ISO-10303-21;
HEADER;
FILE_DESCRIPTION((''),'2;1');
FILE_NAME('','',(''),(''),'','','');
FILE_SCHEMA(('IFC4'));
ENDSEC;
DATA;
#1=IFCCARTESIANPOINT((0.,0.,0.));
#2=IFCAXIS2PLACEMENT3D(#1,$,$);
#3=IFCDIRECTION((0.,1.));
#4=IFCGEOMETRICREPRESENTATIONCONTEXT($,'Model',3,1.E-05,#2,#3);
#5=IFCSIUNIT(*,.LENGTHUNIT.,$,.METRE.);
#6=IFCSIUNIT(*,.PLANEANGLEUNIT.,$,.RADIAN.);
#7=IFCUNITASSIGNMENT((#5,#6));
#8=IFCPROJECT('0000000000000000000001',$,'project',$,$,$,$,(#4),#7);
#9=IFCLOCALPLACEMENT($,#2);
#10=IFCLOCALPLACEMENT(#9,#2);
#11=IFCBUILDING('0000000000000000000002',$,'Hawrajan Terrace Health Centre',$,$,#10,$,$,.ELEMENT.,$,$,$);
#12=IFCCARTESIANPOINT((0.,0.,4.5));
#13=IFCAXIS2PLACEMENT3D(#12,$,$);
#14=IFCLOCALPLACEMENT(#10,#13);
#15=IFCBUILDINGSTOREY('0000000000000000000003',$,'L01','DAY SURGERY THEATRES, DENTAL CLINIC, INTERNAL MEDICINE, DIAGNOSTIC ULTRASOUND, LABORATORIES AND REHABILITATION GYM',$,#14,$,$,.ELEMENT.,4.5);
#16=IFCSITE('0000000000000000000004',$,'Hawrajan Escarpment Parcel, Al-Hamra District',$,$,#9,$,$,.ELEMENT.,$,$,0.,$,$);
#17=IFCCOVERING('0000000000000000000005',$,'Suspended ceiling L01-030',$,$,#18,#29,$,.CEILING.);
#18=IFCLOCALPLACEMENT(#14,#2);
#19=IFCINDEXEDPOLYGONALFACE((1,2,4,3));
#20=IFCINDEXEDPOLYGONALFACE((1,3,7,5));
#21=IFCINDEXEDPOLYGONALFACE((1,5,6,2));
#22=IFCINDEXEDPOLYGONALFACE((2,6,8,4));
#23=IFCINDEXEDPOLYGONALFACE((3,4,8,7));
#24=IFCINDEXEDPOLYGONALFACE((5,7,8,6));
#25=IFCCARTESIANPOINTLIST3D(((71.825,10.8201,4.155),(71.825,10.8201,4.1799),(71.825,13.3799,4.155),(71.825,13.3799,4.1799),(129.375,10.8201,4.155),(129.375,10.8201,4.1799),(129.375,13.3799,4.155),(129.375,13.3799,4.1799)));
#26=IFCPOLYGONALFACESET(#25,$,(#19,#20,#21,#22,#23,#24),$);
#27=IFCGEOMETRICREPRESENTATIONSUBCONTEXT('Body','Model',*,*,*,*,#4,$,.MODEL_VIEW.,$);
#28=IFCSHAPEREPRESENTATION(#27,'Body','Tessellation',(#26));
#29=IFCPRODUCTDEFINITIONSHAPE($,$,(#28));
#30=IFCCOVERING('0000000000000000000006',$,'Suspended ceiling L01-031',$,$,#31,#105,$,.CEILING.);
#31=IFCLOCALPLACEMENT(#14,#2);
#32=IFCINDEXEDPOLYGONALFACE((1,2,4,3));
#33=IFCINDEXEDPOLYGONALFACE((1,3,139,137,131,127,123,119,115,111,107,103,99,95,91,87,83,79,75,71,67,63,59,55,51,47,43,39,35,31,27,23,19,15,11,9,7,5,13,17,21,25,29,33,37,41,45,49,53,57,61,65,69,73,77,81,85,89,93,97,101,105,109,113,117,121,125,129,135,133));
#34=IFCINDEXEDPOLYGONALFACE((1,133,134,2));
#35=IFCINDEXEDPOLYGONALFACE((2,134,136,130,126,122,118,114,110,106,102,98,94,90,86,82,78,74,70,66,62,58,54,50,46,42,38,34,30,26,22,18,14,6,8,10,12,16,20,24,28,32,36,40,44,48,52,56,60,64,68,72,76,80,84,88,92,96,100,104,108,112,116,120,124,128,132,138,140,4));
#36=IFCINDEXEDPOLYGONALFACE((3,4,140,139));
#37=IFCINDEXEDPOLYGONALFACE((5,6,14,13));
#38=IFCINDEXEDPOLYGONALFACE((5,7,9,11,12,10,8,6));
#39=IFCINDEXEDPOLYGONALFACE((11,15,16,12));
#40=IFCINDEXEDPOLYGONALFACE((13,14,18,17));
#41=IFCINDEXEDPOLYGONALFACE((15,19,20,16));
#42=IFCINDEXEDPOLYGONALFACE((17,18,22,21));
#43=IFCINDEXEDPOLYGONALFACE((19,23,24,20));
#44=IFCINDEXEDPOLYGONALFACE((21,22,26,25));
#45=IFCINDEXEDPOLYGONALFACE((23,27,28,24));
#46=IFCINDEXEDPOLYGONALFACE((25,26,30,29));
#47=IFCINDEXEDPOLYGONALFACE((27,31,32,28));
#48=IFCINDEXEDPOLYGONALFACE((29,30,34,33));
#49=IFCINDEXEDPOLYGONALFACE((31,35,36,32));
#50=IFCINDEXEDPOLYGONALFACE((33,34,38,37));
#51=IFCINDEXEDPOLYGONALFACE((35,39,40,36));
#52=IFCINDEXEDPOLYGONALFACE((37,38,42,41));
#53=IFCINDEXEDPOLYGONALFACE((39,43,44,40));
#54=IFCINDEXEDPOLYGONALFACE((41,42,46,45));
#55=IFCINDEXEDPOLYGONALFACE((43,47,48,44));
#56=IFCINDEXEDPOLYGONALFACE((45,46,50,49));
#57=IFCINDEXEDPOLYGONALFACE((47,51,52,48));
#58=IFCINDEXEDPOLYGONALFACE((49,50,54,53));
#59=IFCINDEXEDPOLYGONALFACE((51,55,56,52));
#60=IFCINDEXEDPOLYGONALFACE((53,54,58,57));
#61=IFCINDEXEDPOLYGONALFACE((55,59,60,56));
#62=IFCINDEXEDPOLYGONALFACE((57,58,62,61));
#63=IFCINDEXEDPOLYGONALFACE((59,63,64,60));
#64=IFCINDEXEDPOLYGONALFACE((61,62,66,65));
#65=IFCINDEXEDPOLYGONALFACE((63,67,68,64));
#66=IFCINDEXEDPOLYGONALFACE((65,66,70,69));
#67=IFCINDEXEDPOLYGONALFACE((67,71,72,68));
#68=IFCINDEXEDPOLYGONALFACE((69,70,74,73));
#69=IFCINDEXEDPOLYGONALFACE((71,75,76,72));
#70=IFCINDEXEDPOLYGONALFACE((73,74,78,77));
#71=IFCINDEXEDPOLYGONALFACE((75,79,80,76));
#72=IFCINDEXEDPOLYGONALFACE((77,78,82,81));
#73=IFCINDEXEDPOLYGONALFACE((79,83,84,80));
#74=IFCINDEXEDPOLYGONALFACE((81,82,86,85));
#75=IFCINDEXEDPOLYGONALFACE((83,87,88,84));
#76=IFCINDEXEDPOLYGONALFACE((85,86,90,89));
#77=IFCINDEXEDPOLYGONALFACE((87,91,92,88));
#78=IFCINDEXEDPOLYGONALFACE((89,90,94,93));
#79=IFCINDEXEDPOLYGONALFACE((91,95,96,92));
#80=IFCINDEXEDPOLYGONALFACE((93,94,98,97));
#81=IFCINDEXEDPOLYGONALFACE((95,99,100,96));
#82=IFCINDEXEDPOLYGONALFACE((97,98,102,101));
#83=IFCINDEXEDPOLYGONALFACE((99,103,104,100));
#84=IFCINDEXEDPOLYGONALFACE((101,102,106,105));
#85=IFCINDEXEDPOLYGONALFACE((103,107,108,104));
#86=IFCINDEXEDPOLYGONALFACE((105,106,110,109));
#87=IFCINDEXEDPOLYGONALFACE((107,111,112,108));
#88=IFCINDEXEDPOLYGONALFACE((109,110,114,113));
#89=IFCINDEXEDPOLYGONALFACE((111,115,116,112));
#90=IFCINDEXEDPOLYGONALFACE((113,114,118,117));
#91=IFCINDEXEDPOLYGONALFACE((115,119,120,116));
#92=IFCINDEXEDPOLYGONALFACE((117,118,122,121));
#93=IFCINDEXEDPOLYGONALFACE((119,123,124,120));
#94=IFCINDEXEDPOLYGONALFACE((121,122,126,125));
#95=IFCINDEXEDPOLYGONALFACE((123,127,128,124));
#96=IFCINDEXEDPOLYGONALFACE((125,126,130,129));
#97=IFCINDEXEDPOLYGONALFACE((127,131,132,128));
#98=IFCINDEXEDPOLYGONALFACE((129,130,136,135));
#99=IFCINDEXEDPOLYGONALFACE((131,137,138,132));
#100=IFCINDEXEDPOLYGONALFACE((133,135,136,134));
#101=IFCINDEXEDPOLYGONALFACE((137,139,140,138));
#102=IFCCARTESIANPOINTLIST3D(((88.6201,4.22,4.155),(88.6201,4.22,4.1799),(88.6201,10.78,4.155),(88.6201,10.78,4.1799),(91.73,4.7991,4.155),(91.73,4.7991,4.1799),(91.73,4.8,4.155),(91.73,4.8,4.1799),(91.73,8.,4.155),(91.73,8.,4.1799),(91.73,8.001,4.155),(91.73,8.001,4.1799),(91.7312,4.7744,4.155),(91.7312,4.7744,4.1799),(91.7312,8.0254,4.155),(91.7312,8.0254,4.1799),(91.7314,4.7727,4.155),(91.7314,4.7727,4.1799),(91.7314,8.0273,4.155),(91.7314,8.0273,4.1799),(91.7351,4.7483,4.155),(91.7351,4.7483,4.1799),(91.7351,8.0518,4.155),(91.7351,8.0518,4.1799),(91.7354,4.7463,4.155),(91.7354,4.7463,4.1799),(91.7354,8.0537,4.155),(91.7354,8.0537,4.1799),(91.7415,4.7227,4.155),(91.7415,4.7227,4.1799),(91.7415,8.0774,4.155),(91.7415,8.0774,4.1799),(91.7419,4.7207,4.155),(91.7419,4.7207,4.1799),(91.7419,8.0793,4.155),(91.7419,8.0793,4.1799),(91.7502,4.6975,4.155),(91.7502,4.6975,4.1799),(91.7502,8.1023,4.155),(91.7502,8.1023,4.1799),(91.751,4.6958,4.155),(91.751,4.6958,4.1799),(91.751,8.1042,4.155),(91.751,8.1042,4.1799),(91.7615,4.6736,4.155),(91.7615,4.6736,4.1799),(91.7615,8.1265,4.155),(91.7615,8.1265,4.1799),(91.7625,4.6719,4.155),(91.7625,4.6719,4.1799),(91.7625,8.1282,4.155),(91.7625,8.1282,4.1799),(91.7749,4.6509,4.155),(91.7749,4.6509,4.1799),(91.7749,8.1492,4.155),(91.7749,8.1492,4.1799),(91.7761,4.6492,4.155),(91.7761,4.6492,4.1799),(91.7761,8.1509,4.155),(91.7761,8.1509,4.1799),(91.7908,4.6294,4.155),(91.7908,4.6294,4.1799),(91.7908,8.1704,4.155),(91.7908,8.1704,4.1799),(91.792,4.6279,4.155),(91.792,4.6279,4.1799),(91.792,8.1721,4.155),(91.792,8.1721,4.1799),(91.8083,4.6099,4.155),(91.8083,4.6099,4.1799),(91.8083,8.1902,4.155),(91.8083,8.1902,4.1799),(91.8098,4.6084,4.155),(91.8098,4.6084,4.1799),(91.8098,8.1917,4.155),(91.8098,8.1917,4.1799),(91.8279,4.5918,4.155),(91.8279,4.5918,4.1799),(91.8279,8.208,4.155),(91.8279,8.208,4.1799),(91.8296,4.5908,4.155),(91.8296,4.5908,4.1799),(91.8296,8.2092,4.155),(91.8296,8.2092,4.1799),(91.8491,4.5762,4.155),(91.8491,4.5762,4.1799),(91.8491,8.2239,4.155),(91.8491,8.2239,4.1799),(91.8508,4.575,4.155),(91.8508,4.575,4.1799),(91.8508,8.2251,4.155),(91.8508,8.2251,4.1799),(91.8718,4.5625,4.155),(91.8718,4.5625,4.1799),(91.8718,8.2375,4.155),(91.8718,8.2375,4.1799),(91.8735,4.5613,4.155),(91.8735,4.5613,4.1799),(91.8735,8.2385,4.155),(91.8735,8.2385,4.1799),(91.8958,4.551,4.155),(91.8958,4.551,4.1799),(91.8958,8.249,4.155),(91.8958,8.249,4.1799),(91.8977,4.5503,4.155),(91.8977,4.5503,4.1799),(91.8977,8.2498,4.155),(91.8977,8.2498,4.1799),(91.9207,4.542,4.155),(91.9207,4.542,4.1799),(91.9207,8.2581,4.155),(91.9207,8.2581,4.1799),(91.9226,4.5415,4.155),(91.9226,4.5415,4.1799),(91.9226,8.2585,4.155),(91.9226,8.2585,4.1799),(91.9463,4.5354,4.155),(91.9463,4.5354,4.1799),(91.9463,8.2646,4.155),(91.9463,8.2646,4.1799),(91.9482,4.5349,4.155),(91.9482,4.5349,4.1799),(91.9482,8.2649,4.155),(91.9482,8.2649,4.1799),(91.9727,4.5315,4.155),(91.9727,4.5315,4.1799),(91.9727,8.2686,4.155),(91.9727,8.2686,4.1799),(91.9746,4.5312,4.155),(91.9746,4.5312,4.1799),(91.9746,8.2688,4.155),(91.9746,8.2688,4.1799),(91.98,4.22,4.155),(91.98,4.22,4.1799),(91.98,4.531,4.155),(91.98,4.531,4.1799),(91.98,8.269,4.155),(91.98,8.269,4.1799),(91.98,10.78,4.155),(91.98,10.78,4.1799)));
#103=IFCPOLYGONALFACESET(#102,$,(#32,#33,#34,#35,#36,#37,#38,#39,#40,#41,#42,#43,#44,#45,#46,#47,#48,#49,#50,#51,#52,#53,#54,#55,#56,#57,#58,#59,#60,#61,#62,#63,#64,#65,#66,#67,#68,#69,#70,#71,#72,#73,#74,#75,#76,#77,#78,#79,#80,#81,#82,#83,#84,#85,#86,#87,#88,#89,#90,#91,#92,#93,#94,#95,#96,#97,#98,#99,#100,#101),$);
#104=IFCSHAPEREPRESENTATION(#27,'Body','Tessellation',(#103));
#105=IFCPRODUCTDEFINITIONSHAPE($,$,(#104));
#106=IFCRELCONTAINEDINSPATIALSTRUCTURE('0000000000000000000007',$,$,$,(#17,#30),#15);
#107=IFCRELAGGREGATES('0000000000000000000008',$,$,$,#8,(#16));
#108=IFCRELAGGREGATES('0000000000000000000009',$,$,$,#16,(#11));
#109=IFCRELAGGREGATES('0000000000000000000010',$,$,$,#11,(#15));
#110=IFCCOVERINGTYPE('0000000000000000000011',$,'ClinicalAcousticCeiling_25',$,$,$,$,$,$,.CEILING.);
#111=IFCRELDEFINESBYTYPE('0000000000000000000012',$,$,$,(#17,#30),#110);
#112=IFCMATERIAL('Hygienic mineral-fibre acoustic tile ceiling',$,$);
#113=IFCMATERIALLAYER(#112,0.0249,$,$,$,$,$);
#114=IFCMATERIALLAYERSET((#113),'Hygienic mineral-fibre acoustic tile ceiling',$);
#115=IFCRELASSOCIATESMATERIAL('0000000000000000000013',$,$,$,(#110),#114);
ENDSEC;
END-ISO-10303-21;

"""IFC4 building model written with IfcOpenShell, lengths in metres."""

from ifc_helpers import new_model, si_unit, direction, frame, origin, place, context, subcontext, project, spatial, polyline, outline, extrude, material, layer, layer_set, type_object, element, save


model = new_model("IFC4")

# Units and contexts
model_context = context("Model", 3, precision=1e-05, world=origin(), true_north=direction((0.0, 1.0)))
body_context = subcontext(model_context, "Body", "Model", "MODEL_VIEW")
ifc_project = project(units=[si_unit("LENGTHUNIT", "METRE"), si_unit("PLANEANGLEUNIT", "RADIAN")], contexts=[model_context])

# Site, building, storey
site_placement = place(None, origin())
site = spatial("IfcSite", under=ifc_project, at=site_placement, Name="Hawrajan Escarpment Parcel, Al-Hamra District", CompositionType="ELEMENT", RefElevation=0.0)
building_placement = place(site_placement, origin())
building = spatial("IfcBuilding", under=site, at=building_placement, Name="Hawrajan Terrace Health Centre", CompositionType="ELEMENT")
storey_placement = place(building_placement, frame((0.0, 0.0, 4.5)))
storey = spatial("IfcBuildingStorey", under=building, at=storey_placement, Name="L01", Description="DAY SURGERY THEATRES, DENTAL CLINIC, INTERNAL MEDICINE, DIAGNOSTIC ULTRASOUND, LABORATORIES AND REHABILITATION GYM", CompositionType="ELEMENT", Elevation=4.5)

# Coverings
ifc_material_1 = material(Name="Hygienic mineral-fibre acoustic tile ceiling")
ifc_layer_1 = layer(ifc_material_1, 0.0249)
ifc_layer_set_1 = layer_set([ifc_layer_1], Name="Hygienic mineral-fibre acoustic tile ceiling")
covering_type_1 = type_object("IfcCoveringType", Name="ClinicalAcousticCeiling_25", PredefinedType="CEILING", material=ifc_layer_set_1)
covering_1_placement = place(storey_placement, frame((0.0, 0.0, 4.155)))
element("IfcCovering", 1, at=covering_1_placement, inside=storey, type_object=covering_type_1, Name="Suspended ceiling L01-030", PredefinedType="CEILING", context=body_context, shape_type="SweptSolid", body=[
    extrude(outline(polyline([(71.825, 13.3799), (129.375, 13.3799), (129.375, 10.8201), (71.825, 10.8201), (71.825, 13.3799)])), origin(), (0.0, 0.0, 1.0), 0.0249),
])
covering_2_placement = place(storey_placement, frame((0.0, 0.0, 4.155)))
element("IfcCovering", 2, at=covering_2_placement, inside=storey, type_object=covering_type_1, Name="Suspended ceiling L01-031", PredefinedType="CEILING", context=body_context, shape_type="SweptSolid", body=[
    extrude(outline(polyline([(91.98, 4.22), (88.6201, 4.22), (88.6201, 10.78), (91.98, 10.78), (91.98, 8.269), (91.9746, 8.2688), (91.9727, 8.2686), (91.9482, 8.2649), (91.9463, 8.2646), (91.9226, 8.2585), (91.9207, 8.2581), (91.8977, 8.2498), (91.8958, 8.249), (91.8735, 8.2385), (91.8718, 8.2375), (91.8508, 8.2251), (91.8491, 8.2239), (91.8296, 8.2092), (91.8279, 8.208), (91.8098, 8.1917), (91.8083, 8.1902), (91.792, 8.1721), (91.7908, 8.1704), (91.7761, 8.1509), (91.7749, 8.1492), (91.7625, 8.1282), (91.7615, 8.1265), (91.751, 8.1042), (91.7502, 8.1023), (91.7419, 8.0793), (91.7415, 8.0774), (91.7354, 8.0537), (91.7351, 8.0518), (91.7314, 8.0273), (91.7312, 8.0254), (91.73, 8.001), (91.73, 8.0), (91.73, 4.8), (91.73, 4.7991), (91.7312, 4.7744), (91.7314, 4.7727), (91.7351, 4.7483), (91.7354, 4.7463), (91.7415, 4.7227), (91.7419, 4.7207), (91.7502, 4.6975), (91.751, 4.6958), (91.7615, 4.6736), (91.7625, 4.6719), (91.7749, 4.6509), (91.7761, 4.6492), (91.7908, 4.6294), (91.792, 4.6279), (91.8083, 4.6099), (91.8098, 4.6084), (91.8279, 4.5918), (91.8296, 4.5908), (91.8491, 4.5762), (91.8508, 4.575), (91.8718, 4.5625), (91.8735, 4.5613), (91.8958, 4.551), (91.8977, 4.5503), (91.9207, 4.542), (91.9226, 4.5415), (91.9463, 4.5354), (91.9482, 4.5349), (91.9727, 4.5315), (91.9746, 4.5312), (91.98, 4.531), (91.98, 4.22)])), origin(), (0.0, 0.0, 1.0), 0.0249),
])

save(model, "model.ifc")
